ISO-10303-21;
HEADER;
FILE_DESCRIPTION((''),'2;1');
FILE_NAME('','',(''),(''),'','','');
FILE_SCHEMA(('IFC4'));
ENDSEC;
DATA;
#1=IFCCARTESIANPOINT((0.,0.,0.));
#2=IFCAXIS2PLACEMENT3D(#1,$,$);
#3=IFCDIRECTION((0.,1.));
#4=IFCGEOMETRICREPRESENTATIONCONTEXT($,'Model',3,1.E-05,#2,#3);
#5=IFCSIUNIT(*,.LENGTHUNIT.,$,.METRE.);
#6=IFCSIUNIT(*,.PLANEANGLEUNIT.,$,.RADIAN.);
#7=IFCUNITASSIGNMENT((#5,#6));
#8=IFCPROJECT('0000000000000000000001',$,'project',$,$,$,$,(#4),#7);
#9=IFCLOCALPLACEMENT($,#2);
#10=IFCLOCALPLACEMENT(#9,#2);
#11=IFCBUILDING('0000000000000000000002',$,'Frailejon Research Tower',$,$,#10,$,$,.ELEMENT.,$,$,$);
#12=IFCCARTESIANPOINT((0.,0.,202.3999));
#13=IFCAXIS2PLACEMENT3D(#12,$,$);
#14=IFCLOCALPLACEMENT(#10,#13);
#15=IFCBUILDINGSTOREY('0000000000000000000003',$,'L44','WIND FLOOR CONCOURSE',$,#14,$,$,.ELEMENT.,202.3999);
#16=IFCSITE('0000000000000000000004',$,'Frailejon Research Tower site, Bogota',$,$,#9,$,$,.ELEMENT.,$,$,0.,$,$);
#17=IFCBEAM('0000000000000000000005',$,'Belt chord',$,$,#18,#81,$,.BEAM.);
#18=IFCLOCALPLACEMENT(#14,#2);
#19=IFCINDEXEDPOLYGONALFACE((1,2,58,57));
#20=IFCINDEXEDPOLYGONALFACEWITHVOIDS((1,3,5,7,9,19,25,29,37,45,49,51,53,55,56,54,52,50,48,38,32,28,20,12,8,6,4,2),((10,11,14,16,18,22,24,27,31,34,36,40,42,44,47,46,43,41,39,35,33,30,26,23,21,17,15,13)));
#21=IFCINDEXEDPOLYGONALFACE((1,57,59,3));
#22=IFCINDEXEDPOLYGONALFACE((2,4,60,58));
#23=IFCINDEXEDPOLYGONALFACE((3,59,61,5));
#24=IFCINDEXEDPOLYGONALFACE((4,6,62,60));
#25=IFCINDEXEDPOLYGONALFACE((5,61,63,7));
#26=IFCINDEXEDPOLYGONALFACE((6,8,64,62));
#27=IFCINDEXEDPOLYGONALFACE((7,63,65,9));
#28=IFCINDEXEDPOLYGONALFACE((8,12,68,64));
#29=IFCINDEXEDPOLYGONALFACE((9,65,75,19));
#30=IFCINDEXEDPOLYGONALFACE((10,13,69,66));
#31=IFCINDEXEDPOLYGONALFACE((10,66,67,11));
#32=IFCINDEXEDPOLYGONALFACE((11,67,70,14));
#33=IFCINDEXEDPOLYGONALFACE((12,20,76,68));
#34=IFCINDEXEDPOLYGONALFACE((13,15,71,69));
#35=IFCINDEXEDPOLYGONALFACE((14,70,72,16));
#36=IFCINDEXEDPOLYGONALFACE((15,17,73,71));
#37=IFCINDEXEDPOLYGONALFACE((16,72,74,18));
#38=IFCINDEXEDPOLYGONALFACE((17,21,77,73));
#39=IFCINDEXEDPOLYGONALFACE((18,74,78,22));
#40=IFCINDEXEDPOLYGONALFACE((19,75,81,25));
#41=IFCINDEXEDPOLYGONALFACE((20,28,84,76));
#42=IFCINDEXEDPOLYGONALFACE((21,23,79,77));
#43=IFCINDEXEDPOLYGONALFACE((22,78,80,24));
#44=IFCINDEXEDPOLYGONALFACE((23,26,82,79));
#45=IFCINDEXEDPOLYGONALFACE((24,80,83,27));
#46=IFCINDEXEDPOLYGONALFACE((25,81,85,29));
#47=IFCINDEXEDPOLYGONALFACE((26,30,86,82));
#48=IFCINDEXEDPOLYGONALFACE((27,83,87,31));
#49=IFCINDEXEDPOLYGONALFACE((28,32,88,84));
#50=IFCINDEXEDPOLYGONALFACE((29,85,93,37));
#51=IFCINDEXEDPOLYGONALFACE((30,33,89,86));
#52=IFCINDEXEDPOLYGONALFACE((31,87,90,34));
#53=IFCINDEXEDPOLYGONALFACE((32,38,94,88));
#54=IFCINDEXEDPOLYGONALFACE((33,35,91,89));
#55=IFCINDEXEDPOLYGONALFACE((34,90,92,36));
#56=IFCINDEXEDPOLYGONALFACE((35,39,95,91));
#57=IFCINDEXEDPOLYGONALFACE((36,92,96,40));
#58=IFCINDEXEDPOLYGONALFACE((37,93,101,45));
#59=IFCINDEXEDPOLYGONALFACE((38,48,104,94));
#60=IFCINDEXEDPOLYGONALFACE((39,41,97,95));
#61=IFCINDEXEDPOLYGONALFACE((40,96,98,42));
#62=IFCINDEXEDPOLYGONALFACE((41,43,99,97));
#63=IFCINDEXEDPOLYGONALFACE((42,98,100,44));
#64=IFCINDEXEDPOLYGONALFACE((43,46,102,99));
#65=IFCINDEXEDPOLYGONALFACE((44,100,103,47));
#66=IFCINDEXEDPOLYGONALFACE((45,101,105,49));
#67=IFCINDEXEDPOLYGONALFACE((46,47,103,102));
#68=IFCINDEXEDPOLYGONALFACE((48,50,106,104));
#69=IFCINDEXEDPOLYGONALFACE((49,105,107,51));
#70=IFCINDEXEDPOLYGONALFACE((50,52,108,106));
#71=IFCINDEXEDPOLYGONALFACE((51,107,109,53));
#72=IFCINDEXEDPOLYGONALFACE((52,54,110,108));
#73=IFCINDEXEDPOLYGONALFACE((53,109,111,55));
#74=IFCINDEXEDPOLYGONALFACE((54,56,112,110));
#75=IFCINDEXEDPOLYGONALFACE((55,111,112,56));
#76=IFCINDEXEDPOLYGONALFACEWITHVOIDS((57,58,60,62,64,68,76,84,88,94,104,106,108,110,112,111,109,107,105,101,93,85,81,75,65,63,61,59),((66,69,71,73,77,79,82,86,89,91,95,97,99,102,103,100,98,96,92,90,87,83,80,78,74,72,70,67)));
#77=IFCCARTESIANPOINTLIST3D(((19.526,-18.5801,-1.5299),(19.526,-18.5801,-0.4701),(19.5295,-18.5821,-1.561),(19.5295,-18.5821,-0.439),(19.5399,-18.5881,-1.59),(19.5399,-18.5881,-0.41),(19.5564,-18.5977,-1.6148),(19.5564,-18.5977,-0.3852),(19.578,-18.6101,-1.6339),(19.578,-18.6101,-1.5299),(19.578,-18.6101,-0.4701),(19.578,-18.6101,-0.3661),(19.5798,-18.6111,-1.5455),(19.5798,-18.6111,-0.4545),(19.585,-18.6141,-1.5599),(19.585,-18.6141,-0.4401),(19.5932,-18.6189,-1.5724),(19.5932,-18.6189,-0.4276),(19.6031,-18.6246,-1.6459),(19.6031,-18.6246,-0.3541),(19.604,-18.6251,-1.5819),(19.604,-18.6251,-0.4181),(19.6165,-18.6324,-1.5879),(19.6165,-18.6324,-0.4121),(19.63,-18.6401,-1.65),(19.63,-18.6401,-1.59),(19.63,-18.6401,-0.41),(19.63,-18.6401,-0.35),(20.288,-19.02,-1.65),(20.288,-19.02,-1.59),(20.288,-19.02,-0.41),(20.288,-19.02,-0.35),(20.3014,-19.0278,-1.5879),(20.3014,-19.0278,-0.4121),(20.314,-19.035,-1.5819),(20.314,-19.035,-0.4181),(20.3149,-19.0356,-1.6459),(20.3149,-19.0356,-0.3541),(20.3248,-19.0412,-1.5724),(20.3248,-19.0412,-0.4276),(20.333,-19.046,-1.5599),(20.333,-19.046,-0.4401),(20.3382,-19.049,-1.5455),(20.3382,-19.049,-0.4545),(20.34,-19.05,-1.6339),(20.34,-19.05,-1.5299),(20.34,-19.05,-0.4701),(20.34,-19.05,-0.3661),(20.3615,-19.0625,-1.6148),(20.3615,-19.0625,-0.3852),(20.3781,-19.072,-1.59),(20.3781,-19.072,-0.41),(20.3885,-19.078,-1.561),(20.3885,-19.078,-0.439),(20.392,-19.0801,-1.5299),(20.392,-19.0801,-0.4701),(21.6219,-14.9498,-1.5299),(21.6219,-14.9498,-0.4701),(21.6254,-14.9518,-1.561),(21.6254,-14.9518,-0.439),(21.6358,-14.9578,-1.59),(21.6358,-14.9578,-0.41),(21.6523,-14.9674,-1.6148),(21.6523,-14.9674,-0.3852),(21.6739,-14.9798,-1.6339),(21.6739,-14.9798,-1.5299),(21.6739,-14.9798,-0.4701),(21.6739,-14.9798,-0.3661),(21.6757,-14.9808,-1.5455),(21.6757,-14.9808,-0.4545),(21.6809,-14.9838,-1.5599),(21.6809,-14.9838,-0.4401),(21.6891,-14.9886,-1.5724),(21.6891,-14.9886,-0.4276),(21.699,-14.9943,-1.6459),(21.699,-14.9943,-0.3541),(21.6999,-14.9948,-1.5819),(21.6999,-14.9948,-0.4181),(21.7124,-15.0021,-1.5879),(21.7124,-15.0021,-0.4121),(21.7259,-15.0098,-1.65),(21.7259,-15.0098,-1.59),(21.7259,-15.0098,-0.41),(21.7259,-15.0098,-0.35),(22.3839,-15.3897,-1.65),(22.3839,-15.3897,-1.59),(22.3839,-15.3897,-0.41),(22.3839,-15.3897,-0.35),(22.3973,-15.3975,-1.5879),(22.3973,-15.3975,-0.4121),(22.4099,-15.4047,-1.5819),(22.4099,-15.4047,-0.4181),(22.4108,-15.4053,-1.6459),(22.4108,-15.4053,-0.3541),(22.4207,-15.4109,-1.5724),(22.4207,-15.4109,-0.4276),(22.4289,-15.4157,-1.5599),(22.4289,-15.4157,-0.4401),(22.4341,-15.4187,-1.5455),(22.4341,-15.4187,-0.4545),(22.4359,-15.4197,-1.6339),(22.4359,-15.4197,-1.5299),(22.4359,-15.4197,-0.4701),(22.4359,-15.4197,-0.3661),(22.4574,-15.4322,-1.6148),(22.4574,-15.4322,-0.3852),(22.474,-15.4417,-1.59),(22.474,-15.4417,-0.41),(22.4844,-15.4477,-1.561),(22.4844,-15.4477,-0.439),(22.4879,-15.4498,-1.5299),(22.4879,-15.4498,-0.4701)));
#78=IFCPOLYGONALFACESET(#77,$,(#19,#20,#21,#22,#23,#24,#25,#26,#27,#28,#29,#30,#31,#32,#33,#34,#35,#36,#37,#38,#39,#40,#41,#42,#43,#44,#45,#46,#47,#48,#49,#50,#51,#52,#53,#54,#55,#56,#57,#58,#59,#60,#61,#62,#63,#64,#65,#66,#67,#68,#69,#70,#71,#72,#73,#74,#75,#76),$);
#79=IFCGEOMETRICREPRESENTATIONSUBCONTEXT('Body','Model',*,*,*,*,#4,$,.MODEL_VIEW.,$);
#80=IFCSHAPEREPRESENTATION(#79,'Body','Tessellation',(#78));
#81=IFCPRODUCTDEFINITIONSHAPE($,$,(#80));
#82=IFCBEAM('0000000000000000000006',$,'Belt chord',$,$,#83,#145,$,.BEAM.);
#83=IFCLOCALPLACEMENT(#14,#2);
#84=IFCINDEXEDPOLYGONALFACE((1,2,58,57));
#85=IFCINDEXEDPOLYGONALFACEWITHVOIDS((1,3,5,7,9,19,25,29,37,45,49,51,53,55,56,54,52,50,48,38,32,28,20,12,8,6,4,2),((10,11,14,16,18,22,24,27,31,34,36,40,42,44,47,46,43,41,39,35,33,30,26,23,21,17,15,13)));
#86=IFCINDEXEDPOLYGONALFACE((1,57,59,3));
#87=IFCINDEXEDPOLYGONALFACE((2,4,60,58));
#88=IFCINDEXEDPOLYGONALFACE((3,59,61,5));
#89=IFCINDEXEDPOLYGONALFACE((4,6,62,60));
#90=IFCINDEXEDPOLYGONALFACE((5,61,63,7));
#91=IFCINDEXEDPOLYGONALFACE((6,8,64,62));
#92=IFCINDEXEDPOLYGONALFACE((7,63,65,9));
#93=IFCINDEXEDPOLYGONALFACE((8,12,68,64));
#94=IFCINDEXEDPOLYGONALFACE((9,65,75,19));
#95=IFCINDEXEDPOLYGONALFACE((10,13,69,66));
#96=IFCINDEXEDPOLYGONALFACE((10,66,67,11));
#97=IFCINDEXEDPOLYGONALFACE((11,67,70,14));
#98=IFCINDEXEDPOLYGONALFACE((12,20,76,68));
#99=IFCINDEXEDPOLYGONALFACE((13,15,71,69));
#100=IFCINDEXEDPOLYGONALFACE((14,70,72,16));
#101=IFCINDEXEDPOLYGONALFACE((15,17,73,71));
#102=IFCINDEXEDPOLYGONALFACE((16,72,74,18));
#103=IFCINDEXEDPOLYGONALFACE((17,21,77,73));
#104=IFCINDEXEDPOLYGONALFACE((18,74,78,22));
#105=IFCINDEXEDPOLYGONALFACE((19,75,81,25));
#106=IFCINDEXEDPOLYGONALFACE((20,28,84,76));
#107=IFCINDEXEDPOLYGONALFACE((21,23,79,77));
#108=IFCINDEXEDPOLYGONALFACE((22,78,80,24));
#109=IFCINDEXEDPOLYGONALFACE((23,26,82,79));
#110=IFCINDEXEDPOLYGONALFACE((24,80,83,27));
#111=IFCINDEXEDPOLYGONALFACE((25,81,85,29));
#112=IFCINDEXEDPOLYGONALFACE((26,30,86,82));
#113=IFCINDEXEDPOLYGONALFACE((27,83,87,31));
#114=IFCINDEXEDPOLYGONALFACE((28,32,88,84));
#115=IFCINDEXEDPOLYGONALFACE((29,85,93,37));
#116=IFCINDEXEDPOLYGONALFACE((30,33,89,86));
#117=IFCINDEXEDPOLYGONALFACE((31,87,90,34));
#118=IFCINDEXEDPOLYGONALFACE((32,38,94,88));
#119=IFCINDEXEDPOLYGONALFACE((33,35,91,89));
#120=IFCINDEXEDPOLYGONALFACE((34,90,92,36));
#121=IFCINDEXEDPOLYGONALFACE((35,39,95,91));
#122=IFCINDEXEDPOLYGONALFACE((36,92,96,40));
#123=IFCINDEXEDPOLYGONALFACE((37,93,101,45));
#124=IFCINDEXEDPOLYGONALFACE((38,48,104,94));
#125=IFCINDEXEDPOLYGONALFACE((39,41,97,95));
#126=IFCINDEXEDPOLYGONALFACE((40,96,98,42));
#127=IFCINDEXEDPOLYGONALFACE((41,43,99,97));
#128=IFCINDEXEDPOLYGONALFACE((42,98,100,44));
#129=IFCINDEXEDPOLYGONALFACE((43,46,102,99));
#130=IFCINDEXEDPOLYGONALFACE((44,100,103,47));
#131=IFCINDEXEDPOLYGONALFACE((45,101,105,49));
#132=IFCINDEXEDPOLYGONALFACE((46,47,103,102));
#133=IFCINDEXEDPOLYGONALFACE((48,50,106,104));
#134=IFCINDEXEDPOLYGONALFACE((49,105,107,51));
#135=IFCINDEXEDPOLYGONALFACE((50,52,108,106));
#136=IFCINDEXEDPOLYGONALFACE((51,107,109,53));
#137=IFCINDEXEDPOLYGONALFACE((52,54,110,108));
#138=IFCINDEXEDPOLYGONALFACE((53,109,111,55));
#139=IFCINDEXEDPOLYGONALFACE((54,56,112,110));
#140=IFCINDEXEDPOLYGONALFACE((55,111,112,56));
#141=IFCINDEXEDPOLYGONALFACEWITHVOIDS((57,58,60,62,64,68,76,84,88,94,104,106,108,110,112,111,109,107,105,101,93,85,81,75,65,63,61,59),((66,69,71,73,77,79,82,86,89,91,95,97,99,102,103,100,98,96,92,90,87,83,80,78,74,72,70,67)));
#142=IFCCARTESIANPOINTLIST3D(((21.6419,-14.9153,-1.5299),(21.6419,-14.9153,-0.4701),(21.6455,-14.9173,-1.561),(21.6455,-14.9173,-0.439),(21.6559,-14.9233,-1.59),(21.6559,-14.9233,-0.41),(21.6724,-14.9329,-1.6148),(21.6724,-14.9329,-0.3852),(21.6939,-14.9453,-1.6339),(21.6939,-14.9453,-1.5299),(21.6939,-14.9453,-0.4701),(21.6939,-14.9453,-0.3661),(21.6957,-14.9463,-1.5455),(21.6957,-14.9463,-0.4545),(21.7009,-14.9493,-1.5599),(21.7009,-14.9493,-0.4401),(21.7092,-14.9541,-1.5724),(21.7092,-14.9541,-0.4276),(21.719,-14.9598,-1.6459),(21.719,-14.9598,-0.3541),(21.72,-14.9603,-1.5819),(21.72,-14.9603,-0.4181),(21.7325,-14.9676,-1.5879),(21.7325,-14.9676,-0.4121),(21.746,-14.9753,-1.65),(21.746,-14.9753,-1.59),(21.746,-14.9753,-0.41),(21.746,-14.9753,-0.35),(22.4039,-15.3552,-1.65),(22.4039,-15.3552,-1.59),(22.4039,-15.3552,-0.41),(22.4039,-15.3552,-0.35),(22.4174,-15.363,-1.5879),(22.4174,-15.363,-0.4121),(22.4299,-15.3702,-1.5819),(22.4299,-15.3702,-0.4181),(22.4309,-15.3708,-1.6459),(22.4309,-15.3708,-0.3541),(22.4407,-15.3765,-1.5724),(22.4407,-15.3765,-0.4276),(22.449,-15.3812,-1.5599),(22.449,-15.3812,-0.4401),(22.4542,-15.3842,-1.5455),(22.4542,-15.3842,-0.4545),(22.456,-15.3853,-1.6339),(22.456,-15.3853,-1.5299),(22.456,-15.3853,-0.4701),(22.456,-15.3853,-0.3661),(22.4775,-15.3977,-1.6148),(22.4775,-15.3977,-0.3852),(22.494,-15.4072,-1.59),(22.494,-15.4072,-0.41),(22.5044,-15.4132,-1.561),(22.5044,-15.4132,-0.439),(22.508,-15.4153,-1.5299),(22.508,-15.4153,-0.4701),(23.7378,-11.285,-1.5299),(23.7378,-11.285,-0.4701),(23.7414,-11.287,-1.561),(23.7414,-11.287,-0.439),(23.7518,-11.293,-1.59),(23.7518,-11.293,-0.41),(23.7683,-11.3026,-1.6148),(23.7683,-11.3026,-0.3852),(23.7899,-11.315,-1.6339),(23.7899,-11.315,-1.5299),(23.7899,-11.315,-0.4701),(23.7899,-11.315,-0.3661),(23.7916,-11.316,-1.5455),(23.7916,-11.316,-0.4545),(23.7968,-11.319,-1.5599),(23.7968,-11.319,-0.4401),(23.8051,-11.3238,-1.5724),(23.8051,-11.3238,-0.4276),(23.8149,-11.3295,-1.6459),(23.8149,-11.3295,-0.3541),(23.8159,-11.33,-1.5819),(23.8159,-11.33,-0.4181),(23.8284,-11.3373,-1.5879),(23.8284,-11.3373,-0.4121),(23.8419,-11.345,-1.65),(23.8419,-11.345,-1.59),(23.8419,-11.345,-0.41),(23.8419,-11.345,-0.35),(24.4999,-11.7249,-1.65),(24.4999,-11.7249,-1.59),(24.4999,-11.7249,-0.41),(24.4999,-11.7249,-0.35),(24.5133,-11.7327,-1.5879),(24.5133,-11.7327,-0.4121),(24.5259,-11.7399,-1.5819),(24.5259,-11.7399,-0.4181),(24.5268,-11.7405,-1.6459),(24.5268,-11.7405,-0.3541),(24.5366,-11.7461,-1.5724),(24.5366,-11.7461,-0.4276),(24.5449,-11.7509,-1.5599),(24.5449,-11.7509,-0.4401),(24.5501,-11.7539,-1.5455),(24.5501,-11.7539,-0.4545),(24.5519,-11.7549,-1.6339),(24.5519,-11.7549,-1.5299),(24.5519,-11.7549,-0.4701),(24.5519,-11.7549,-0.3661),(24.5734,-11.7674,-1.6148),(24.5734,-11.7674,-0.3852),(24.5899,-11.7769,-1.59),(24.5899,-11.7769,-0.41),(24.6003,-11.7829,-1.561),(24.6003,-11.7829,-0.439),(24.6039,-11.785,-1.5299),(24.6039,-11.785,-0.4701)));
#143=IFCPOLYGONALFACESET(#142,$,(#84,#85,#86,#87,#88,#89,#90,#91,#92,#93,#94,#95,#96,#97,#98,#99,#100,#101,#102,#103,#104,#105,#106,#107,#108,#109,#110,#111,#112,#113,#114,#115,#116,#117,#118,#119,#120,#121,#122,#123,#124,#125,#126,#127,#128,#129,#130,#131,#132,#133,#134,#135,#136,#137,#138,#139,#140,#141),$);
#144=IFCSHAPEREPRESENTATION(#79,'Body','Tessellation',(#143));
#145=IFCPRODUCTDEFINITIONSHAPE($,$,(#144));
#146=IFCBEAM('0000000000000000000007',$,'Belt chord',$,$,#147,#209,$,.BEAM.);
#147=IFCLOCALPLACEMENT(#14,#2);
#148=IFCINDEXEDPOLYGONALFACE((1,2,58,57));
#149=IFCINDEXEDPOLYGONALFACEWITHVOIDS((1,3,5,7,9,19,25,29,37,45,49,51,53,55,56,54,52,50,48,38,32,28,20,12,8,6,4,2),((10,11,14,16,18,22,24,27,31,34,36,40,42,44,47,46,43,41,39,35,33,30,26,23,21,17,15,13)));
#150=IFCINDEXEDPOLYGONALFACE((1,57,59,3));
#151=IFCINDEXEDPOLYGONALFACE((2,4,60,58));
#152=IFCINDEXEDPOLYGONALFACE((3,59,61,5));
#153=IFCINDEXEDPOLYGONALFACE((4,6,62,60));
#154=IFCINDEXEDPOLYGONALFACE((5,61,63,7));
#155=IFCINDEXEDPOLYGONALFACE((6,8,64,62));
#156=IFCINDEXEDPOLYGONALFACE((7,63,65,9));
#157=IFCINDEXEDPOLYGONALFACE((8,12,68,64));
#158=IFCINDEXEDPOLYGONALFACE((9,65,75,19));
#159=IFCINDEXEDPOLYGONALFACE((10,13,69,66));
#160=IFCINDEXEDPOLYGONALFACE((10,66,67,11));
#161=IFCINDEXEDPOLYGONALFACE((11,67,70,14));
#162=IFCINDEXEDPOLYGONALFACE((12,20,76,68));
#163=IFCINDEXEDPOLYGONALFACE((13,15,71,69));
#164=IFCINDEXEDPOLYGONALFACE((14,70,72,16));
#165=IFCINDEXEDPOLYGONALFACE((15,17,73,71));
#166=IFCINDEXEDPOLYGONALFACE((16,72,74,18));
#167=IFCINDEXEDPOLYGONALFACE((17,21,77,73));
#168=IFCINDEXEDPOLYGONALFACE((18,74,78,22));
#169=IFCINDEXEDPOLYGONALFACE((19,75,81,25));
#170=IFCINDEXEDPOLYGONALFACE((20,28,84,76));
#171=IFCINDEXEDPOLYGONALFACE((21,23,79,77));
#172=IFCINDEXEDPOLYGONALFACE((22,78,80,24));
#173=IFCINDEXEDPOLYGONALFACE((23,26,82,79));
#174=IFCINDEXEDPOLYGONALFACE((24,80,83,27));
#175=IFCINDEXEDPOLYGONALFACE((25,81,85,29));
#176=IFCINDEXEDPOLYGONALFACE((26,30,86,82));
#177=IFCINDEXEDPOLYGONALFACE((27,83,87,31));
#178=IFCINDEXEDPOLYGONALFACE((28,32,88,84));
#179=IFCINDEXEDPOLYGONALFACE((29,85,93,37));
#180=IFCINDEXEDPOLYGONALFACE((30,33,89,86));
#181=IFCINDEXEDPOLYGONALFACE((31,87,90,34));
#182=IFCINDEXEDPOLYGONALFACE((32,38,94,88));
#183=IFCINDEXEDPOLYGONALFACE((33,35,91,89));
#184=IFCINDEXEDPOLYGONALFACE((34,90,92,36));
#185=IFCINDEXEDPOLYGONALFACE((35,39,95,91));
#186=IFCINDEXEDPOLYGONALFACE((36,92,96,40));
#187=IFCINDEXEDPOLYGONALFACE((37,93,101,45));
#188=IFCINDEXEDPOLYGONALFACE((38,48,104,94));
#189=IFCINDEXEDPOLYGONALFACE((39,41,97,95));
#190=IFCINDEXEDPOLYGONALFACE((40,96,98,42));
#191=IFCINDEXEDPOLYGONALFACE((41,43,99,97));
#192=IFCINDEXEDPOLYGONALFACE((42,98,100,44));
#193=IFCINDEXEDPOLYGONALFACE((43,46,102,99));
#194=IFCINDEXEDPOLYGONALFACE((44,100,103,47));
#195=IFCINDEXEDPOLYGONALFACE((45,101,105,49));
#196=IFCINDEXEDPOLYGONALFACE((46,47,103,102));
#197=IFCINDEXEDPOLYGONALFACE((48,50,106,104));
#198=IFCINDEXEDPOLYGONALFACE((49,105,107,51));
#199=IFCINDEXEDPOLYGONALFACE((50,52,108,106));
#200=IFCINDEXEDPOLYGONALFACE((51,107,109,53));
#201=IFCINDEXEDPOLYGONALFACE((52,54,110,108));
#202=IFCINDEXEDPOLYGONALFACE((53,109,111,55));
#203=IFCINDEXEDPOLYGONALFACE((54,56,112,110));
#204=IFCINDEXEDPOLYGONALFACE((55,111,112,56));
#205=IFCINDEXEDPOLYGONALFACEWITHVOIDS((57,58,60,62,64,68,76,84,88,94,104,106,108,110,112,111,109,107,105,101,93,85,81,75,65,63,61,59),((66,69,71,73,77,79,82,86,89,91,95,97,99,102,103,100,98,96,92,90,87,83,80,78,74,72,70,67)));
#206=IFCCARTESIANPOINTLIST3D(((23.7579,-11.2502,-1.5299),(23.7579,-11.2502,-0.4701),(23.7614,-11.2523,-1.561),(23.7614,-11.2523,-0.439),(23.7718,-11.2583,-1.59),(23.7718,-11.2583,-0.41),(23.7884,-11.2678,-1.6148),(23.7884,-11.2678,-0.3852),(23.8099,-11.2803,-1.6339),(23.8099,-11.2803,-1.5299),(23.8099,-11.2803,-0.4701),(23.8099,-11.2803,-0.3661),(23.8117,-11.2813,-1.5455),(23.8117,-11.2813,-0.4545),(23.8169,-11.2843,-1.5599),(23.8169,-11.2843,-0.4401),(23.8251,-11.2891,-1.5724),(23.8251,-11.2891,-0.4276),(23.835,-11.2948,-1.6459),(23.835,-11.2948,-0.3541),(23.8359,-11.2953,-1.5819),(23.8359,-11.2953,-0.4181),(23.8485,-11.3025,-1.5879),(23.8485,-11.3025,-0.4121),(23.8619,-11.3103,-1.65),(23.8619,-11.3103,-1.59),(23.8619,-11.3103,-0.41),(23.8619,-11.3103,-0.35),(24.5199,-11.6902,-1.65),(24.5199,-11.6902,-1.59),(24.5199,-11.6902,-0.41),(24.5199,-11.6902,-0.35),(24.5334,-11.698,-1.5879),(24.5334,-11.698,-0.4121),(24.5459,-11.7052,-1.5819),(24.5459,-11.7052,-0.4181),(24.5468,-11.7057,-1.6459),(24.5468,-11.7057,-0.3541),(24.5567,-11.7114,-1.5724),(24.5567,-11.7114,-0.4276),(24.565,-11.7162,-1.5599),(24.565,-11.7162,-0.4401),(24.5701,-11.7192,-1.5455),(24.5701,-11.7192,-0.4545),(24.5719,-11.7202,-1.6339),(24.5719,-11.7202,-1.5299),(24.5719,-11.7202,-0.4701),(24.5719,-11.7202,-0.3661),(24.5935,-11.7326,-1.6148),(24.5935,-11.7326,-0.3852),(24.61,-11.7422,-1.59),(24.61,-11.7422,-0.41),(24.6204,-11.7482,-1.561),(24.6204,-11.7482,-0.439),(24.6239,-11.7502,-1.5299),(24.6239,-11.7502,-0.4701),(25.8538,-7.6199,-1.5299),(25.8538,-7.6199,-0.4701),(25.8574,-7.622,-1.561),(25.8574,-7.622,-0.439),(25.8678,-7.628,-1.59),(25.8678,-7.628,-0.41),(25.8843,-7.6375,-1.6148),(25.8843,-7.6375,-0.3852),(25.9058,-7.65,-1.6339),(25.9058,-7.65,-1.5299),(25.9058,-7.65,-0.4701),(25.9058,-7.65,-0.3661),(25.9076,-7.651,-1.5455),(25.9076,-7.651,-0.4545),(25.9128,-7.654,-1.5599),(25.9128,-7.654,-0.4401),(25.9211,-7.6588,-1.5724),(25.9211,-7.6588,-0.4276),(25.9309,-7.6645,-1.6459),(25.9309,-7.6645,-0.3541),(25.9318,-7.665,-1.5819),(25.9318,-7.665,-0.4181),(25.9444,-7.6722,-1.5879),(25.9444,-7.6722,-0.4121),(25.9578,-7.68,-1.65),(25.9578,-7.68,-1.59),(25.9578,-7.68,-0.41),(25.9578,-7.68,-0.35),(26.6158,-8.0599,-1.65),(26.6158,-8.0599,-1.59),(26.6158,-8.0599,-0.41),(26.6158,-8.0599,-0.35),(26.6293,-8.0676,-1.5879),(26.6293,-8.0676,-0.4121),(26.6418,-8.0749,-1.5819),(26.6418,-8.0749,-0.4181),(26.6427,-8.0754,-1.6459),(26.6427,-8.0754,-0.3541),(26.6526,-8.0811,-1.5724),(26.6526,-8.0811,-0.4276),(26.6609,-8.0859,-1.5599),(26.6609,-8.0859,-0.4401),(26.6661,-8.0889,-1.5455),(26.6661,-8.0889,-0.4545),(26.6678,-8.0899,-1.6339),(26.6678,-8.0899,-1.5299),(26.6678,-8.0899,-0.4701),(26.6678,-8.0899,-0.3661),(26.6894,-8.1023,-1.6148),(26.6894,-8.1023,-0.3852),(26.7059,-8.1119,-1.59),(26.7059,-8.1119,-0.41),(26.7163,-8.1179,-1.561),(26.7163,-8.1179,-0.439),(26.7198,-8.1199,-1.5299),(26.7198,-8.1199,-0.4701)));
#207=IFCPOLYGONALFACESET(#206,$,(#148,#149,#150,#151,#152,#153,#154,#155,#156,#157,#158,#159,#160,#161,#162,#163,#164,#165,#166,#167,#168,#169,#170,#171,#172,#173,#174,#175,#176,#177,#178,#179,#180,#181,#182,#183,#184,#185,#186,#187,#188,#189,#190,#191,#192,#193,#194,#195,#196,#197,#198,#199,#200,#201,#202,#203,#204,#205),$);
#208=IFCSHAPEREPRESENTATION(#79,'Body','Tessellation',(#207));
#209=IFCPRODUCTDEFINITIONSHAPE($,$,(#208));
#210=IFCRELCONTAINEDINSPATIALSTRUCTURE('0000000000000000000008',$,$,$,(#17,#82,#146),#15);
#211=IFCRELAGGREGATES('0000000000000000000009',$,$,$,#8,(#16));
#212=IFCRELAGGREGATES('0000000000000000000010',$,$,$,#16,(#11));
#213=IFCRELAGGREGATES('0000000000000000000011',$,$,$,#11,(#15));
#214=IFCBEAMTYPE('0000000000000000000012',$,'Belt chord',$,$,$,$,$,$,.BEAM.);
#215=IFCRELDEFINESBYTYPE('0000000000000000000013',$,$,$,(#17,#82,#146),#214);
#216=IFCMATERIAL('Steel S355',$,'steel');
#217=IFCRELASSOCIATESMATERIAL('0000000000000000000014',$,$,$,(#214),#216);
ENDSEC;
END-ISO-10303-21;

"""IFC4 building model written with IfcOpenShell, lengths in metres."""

from ifc_helpers import new_model, si_unit, direction, frame, origin, origin_2d, place, context, subcontext, project, spatial, hollow_rectangle, extrude, material, material_profile, profile_set, type_object, element, save


model = new_model("IFC4")

# Units and contexts
model_context = context("Model", 3, precision=1e-05, world=origin(), true_north=direction((0.0, 1.0)))
body_context = subcontext(model_context, "Body", "Model", "MODEL_VIEW")
ifc_project = project(units=[si_unit("LENGTHUNIT", "METRE"), si_unit("PLANEANGLEUNIT", "RADIAN")], contexts=[model_context])

# Site, building, storey
site_placement = place(None, origin())
site = spatial("IfcSite", under=ifc_project, at=site_placement, Name="Frailejon Research Tower site, Bogota", CompositionType="ELEMENT", RefElevation=0.0)
building_placement = place(site_placement, origin())
building = spatial("IfcBuilding", under=site, at=building_placement, Name="Frailejon Research Tower", CompositionType="ELEMENT")
storey_placement = place(building_placement, frame((0.0, 0.0, 202.3999)))
storey = spatial("IfcBuildingStorey", under=building, at=storey_placement, Name="L44", Description="WIND FLOOR CONCOURSE", CompositionType="ELEMENT", Elevation=202.3999)

# Beams
ifc_material_1 = material(Name="Steel S355", Category="steel")
ifc_material_profile_1 = material_profile(ifc_material_1, hollow_rectangle(XDim=1.0, YDim=1.3, WallThickness=0.0601, InnerFilletRadius=0.0601, OuterFilletRadius=0.1201, at=origin_2d()), Name="Belt chord")
ifc_profile_set_1 = profile_set([ifc_material_profile_1], Name="Steel S355")
beam_type_1 = type_object("IfcBeamType", Name="Belt chord", PredefinedType="BEAM", material=ifc_profile_set_1)
for number, where, z_axis, x_axis, name in (
    (1, (19.959, -18.8301, -1.0), (0.499991, 0.86603, 0.0), (-0.86603, 0.499991, 0.0), "Belt chord"),
    (2, (22.075, -15.1653, -1.0), (0.499991, 0.86603, 0.0), (-0.86603, 0.499991, 0.0), "Belt chord"),
    (3, (24.1909, -11.5002, -1.0), (0.499991, 0.86603, 0.0), (-0.86603, 0.499991, 0.0), "Belt chord"),
):
    element("IfcBeam", number, at=place(storey_placement, frame(where, z_axis=z_axis, x_axis=x_axis)), inside=storey, type_object=beam_type_1, Name=name, PredefinedType="BEAM", context=body_context, shape_type="SweptSolid", body=[
        extrude(hollow_rectangle(XDim=1.0, YDim=1.3, WallThickness=0.0601, InnerFilletRadius=0.0601, OuterFilletRadius=0.1201, at=origin_2d()), origin(), (0.0, 0.0, 1.0), 4.1919),
    ])

save(model, "model.ifc")
